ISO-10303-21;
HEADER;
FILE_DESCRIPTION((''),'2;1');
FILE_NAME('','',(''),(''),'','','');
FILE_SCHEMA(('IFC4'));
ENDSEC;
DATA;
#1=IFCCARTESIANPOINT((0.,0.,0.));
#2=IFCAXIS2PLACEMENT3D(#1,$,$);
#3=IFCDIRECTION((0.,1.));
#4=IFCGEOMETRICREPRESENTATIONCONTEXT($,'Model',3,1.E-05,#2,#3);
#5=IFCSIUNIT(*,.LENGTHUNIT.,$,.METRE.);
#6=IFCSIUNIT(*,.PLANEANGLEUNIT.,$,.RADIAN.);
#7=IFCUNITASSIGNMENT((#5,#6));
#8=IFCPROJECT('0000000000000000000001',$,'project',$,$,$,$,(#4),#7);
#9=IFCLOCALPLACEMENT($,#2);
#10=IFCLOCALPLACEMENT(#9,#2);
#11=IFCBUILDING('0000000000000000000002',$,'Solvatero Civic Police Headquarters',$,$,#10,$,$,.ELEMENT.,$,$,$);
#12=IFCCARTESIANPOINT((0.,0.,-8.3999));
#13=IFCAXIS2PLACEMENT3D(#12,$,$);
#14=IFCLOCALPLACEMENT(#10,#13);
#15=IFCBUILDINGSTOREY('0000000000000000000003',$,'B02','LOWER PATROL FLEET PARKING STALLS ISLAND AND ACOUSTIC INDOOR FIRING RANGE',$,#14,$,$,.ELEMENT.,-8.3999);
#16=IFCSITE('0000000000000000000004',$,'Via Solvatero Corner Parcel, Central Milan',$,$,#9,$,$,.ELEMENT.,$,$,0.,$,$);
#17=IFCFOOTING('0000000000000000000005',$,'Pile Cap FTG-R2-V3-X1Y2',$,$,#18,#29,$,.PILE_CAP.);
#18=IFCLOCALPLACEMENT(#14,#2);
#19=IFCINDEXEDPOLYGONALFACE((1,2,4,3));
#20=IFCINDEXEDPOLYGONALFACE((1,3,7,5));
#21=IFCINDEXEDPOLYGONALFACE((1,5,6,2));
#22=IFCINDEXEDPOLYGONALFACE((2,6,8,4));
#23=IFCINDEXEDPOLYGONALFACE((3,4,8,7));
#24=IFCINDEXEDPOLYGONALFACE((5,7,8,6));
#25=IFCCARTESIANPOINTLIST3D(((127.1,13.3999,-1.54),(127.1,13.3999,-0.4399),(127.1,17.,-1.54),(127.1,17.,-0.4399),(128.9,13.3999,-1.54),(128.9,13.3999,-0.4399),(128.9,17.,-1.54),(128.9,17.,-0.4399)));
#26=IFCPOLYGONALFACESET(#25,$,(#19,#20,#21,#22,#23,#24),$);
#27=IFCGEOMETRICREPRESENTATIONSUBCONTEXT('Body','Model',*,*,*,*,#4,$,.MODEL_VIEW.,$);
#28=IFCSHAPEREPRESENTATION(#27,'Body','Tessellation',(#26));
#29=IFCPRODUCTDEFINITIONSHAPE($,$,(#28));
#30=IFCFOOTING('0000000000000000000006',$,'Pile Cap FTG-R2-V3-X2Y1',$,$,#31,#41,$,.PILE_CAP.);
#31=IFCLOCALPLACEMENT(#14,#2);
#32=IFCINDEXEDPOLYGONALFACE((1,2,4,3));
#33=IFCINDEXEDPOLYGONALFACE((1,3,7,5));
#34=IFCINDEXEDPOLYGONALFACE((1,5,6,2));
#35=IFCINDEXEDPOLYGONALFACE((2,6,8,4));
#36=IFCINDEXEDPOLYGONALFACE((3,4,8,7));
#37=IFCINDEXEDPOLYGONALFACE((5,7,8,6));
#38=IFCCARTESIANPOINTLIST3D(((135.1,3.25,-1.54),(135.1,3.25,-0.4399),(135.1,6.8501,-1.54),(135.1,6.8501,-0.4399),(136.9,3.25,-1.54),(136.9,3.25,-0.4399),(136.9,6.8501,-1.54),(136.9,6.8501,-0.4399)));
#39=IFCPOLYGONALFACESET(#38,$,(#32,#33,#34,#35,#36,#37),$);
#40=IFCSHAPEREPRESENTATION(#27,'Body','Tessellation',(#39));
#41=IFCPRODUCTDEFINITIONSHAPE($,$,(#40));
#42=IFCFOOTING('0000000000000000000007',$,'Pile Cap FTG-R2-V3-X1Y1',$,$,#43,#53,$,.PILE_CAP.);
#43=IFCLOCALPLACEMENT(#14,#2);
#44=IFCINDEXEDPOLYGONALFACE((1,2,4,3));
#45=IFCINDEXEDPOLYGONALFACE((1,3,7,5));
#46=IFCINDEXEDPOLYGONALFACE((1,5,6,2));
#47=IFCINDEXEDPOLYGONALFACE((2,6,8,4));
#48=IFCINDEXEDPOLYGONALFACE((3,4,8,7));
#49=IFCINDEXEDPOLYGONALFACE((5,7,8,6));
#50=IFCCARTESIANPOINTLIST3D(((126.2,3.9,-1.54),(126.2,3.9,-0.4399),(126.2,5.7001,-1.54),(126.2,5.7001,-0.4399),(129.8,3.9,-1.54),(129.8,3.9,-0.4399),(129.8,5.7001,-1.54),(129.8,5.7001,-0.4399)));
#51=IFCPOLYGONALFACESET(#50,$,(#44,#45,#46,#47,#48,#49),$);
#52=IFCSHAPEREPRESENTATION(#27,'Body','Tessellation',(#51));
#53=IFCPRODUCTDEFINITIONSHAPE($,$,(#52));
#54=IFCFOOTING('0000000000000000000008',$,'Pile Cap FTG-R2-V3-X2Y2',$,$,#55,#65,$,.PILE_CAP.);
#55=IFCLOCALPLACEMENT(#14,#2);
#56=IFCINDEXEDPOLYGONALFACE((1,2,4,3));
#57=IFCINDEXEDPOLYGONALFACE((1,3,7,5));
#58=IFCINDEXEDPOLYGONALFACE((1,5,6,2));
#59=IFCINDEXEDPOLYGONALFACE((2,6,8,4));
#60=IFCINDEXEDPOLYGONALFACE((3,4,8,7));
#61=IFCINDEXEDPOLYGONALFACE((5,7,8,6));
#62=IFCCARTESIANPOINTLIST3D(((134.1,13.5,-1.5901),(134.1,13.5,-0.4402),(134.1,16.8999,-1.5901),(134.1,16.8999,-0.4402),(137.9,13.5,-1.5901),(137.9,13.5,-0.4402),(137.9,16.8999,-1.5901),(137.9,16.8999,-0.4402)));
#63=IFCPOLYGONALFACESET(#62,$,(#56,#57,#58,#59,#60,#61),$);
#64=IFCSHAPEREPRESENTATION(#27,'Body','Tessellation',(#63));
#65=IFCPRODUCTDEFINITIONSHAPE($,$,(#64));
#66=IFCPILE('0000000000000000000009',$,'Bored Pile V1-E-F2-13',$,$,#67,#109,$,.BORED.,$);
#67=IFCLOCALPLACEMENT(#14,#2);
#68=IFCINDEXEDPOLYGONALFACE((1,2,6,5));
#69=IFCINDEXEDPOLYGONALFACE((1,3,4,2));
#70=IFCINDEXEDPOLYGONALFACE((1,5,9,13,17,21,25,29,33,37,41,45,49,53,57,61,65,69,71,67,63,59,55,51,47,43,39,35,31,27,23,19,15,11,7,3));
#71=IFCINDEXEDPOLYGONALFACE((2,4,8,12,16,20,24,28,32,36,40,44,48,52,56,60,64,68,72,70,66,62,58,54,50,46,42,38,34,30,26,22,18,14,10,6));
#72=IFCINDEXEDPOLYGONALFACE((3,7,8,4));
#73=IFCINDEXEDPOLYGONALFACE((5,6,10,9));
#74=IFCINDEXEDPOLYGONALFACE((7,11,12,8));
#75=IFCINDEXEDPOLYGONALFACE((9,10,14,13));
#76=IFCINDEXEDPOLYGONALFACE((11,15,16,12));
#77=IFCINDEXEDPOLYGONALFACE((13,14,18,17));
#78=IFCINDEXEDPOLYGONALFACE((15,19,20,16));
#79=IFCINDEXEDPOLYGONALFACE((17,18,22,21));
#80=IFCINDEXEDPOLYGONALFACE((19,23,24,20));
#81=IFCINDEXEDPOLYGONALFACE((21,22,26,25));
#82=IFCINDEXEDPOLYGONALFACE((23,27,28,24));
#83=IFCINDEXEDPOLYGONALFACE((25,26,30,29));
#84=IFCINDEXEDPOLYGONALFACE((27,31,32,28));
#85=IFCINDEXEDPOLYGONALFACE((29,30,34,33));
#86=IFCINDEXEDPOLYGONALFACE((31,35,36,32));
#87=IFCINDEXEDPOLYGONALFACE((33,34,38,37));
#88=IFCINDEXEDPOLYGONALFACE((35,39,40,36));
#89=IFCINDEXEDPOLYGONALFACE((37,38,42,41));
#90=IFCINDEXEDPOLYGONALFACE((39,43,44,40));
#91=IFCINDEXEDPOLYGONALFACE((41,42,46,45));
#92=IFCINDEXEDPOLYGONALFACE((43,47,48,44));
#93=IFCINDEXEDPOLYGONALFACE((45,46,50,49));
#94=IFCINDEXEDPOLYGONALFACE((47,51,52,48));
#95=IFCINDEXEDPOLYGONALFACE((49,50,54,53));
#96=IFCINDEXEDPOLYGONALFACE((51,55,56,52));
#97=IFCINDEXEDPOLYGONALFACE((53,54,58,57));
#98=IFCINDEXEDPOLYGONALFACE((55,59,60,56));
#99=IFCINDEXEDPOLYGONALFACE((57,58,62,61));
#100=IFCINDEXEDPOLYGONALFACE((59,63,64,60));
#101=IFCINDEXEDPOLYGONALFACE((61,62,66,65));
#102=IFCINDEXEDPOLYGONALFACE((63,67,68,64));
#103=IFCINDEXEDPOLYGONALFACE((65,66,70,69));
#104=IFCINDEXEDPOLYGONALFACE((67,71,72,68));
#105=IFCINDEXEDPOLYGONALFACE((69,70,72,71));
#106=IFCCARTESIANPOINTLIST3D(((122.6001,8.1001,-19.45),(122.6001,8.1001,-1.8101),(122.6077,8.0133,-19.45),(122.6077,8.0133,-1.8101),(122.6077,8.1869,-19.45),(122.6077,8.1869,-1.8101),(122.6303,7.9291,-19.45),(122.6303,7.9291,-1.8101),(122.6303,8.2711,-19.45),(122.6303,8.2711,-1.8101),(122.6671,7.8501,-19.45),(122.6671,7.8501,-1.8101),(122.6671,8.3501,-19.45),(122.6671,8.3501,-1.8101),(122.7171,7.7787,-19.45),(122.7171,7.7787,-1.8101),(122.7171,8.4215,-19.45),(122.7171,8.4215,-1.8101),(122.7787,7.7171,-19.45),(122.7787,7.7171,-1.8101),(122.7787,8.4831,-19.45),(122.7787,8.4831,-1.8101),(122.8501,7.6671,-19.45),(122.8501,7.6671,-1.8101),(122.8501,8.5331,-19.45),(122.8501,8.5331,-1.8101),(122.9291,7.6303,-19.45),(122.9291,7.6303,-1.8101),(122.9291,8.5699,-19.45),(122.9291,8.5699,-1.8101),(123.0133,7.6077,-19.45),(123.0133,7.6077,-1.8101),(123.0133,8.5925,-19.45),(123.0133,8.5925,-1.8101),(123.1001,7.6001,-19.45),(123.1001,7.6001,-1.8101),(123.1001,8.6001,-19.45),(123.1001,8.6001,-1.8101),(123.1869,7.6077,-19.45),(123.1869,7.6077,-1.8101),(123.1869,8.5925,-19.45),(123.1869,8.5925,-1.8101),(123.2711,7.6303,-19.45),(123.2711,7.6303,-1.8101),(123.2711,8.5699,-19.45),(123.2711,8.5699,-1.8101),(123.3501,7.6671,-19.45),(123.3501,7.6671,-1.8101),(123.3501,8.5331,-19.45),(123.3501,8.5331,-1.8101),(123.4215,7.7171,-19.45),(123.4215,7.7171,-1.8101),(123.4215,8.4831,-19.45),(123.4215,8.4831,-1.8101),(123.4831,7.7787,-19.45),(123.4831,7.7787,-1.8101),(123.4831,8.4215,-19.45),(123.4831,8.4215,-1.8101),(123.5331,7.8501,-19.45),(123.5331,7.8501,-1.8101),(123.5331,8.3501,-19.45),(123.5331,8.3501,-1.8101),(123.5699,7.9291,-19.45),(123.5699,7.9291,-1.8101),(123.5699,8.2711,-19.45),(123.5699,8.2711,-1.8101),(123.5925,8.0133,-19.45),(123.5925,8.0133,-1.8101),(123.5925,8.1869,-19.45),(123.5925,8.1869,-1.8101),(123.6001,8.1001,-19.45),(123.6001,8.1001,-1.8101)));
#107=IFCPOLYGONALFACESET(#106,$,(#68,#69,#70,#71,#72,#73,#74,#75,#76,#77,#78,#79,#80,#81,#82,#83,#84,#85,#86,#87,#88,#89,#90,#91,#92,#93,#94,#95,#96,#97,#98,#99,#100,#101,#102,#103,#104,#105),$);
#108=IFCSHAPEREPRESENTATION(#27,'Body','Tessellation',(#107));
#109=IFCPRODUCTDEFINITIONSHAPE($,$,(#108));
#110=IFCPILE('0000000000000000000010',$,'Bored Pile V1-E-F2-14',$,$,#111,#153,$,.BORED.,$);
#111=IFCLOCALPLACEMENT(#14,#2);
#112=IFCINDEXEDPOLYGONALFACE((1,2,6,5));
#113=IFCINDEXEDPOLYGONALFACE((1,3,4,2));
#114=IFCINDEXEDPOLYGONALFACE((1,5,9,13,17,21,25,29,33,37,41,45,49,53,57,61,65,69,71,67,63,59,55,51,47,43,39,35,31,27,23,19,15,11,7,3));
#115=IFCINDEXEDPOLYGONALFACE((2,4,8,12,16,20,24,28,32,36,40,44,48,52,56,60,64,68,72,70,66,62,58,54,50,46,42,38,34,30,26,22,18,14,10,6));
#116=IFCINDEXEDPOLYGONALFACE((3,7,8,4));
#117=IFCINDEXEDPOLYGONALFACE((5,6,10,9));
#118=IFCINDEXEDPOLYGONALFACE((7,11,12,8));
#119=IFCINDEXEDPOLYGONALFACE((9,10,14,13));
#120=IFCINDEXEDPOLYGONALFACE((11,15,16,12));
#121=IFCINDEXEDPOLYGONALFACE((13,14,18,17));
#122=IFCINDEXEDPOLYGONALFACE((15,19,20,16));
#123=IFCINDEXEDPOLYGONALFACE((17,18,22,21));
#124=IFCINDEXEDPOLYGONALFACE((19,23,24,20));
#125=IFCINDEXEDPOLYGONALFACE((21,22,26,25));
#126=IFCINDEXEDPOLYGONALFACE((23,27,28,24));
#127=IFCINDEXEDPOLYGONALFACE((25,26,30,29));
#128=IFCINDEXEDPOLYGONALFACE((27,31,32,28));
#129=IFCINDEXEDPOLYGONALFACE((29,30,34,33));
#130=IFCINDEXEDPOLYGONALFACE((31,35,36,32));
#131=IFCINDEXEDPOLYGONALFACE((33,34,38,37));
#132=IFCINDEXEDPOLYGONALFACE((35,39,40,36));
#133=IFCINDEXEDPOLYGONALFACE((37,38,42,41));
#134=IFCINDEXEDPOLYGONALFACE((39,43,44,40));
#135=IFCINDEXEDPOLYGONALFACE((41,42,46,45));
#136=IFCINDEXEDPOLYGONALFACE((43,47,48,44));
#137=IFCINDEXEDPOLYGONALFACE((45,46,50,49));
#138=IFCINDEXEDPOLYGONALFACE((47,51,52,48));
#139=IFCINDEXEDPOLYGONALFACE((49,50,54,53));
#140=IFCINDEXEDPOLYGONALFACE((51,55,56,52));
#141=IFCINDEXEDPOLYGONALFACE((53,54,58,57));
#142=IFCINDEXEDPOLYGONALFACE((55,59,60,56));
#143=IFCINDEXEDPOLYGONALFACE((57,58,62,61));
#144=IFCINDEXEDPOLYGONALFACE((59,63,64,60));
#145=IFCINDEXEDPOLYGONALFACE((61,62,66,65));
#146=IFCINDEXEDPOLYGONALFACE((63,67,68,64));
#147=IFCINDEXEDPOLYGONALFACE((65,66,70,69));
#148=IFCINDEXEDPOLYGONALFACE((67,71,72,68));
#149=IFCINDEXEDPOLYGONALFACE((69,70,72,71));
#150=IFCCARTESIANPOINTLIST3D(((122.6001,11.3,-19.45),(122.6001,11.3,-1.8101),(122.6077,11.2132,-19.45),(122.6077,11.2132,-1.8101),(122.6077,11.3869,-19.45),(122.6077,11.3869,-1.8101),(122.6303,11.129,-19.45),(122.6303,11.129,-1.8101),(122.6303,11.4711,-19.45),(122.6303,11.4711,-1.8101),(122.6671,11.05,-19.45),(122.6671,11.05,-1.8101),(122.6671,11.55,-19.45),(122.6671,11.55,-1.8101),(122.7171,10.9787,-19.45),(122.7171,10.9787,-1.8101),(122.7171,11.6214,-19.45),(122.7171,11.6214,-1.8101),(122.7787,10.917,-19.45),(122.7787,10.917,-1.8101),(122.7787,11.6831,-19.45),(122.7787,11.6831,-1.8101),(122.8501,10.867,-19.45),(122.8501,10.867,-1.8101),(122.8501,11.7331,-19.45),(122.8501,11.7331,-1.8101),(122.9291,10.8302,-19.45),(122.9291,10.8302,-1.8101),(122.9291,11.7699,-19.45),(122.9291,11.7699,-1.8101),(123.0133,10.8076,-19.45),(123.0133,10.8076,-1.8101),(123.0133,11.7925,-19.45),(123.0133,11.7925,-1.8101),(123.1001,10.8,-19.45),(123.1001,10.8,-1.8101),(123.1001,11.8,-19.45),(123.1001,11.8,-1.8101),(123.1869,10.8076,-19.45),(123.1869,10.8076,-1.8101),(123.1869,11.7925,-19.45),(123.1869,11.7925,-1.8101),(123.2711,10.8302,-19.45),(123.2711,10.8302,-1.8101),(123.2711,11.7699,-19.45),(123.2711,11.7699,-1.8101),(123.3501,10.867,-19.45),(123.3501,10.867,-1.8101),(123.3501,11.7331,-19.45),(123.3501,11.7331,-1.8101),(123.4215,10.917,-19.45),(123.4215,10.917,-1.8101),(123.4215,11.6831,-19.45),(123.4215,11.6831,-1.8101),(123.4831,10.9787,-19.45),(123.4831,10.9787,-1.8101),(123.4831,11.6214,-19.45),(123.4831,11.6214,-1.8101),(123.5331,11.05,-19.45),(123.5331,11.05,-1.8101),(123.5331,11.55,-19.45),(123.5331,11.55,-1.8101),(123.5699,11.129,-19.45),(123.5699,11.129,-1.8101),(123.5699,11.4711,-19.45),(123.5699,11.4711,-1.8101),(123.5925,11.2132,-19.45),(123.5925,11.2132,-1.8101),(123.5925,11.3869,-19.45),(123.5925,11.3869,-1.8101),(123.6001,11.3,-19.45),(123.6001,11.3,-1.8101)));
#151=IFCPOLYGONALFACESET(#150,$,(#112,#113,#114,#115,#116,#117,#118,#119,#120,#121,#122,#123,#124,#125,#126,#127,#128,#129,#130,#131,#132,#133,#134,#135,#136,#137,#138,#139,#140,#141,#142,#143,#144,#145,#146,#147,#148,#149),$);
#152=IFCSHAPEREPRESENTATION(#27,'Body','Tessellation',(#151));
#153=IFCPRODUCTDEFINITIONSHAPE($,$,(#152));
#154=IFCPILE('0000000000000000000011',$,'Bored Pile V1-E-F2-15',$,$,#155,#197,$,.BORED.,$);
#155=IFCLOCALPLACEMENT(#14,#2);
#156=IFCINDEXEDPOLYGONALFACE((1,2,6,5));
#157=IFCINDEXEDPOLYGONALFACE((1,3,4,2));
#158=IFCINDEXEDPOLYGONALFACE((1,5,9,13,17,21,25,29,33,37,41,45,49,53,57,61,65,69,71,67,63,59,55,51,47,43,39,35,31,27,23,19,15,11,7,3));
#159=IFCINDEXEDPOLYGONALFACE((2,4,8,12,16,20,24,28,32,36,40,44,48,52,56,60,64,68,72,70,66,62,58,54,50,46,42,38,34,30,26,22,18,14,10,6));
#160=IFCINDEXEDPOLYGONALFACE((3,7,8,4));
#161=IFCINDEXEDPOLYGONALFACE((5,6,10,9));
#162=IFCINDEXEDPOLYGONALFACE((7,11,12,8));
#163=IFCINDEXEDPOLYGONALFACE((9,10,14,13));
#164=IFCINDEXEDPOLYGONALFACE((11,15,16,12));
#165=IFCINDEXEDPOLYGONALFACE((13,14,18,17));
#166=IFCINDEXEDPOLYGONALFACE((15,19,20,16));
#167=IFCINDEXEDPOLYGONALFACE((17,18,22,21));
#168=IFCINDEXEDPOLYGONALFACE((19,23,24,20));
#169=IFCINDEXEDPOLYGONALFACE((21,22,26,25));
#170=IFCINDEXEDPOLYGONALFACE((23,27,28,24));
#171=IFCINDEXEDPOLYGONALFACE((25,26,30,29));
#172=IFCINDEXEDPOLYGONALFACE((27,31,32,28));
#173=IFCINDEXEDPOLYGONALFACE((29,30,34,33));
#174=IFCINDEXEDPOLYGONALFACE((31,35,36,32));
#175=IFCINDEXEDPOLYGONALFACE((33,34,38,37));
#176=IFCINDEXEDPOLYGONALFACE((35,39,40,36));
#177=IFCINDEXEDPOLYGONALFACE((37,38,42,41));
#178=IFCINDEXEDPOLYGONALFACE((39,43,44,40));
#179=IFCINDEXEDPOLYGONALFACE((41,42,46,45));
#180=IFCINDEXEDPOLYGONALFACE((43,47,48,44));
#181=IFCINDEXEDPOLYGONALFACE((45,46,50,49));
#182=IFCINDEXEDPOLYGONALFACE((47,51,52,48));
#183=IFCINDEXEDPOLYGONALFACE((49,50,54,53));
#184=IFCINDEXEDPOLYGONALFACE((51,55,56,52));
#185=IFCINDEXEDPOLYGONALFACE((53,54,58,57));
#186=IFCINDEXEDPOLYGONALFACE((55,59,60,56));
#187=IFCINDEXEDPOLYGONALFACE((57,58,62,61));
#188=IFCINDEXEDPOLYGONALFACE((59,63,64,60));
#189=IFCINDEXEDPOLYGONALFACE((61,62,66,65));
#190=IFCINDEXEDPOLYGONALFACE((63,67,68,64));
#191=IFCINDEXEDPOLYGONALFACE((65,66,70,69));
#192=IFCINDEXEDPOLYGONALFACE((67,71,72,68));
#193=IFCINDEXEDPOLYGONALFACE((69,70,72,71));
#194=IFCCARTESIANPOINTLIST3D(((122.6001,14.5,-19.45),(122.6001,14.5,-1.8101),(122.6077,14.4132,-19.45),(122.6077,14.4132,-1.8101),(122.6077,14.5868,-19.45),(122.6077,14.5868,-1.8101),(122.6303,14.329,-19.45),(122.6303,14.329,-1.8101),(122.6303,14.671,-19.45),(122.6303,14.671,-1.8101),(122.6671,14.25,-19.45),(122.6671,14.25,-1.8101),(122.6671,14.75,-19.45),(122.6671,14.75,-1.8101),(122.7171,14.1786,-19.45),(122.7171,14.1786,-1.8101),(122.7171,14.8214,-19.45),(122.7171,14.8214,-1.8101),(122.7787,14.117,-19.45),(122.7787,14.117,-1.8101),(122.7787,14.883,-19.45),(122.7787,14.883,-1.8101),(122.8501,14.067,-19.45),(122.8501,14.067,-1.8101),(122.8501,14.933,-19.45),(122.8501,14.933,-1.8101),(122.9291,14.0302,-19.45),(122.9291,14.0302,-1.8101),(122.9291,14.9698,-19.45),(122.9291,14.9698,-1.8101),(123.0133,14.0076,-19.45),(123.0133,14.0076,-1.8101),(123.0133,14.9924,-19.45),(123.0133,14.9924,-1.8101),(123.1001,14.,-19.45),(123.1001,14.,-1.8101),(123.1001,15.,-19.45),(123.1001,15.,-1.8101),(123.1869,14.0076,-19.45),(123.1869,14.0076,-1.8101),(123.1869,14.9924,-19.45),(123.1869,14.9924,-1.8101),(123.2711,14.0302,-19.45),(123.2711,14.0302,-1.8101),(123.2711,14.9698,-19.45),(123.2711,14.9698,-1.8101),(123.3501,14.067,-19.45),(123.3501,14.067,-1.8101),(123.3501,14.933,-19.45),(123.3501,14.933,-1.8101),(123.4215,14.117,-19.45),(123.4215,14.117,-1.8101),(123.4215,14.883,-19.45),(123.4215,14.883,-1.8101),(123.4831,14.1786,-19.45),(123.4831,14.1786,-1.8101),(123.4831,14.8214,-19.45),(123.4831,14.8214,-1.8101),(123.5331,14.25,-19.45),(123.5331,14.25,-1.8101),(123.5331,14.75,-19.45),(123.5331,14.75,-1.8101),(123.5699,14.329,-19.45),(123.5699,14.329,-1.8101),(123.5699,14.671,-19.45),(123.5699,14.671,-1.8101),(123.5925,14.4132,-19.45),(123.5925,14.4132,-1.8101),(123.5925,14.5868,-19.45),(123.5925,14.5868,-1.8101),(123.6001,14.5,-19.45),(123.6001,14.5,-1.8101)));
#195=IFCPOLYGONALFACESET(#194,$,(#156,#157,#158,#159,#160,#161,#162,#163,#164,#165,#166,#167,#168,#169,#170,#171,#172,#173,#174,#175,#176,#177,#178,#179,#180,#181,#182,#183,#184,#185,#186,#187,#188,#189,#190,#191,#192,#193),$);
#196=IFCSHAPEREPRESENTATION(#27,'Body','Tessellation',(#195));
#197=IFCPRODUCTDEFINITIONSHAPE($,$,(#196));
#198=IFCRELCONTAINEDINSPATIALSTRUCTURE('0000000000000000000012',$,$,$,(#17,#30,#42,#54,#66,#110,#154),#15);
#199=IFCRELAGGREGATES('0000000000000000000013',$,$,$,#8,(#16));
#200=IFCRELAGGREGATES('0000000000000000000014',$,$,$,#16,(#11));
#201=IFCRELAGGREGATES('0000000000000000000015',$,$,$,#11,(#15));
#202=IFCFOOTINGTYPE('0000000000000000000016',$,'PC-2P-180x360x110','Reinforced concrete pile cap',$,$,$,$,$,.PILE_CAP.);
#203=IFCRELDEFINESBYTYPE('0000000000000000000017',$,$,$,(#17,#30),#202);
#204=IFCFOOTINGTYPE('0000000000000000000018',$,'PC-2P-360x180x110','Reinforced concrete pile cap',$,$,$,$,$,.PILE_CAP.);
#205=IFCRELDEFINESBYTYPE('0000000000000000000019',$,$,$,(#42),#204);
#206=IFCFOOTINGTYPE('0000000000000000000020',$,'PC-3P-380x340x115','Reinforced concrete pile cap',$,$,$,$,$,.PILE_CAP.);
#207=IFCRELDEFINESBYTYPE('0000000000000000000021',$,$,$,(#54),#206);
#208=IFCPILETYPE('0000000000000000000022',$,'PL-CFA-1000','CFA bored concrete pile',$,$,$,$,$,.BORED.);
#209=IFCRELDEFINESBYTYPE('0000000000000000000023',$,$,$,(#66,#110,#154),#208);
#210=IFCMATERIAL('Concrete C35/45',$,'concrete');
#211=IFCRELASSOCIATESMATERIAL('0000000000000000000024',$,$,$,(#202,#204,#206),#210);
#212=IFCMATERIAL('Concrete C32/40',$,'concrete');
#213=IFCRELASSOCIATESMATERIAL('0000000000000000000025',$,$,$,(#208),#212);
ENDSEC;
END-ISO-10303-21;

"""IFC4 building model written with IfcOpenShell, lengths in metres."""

from ifc_helpers import new_model, si_unit, direction, frame, origin, origin_2d, place, context, subcontext, project, spatial, rectangle, circle, extrude, material, material_profile, profile_set, type_object, element, save


model = new_model("IFC4")

# Units and contexts
model_context = context("Model", 3, precision=1e-05, world=origin(), true_north=direction((0.0, 1.0)))
body_context = subcontext(model_context, "Body", "Model", "MODEL_VIEW")
ifc_project = project(units=[si_unit("LENGTHUNIT", "METRE"), si_unit("PLANEANGLEUNIT", "RADIAN")], contexts=[model_context])

# Site, building, storey
site_placement = place(None, origin())
site = spatial("IfcSite", under=ifc_project, at=site_placement, Name="Via Solvatero Corner Parcel, Central Milan", CompositionType="ELEMENT", RefElevation=0.0)
building_placement = place(site_placement, origin())
building = spatial("IfcBuilding", under=site, at=building_placement, Name="Solvatero Civic Police Headquarters", CompositionType="ELEMENT")
storey_placement = place(building_placement, frame((0.0, 0.0, -8.3999)))
storey = spatial("IfcBuildingStorey", under=building, at=storey_placement, Name="B02", Description="LOWER PATROL FLEET PARKING STALLS ISLAND AND ACOUSTIC INDOOR FIRING RANGE", CompositionType="ELEMENT", Elevation=-8.3999)

# Footings
ifc_material_1 = material(Name="Concrete C35/45", Category="concrete")
footing_type_1 = type_object("IfcFootingType", Name="PC-2P-180x360x110", Description="Reinforced concrete pile cap", PredefinedType="PILE_CAP", material=ifc_material_1)
for number, where, z_axis, x_axis, name in (
    (1, (128.0, 15.2, -1.54), (0.0, 0.0, 1.0), (1.0, 0.0, 0.0), "Pile Cap FTG-R2-V3-X1Y2"),
    (2, (136.0, 5.05, -1.54), (0.0, 0.0, 1.0), (1.0, 0.0, 0.0), "Pile Cap FTG-R2-V3-X2Y1"),
):
    element("IfcFooting", number, at=place(storey_placement, frame(where, z_axis=z_axis, x_axis=x_axis)), inside=storey, type_object=footing_type_1, Name=name, PredefinedType="PILE_CAP", context=body_context, shape_type="SweptSolid", body=[
        extrude(rectangle(XDim=1.8, YDim=3.6001, at=origin_2d()), origin(), (0.0, 0.0, 1.0), 1.1001),
    ])
footing_type_2 = type_object("IfcFootingType", Name="PC-2P-360x180x110", Description="Reinforced concrete pile cap", PredefinedType="PILE_CAP", material=ifc_material_1)
footing_1_placement = place(storey_placement, frame((128.0, 4.8, -1.54), z_axis=(0.0, 0.0, 1.0), x_axis=(1.0, 0.0, 0.0)))
element("IfcFooting", 3, at=footing_1_placement, inside=storey, type_object=footing_type_2, Name="Pile Cap FTG-R2-V3-X1Y1", PredefinedType="PILE_CAP", context=body_context, shape_type="SweptSolid", body=[
    extrude(rectangle(XDim=3.6001, YDim=1.8, at=origin_2d()), origin(), (0.0, 0.0, 1.0), 1.1001),
])
footing_type_3 = type_object("IfcFootingType", Name="PC-3P-380x340x115", Description="Reinforced concrete pile cap", PredefinedType="PILE_CAP", material=ifc_material_1)
footing_2_placement = place(storey_placement, frame((136.0, 15.2, -1.5901), z_axis=(0.0, 0.0, 1.0), x_axis=(1.0, 0.0, 0.0)))
element("IfcFooting", 4, at=footing_2_placement, inside=storey, type_object=footing_type_3, Name="Pile Cap FTG-R2-V3-X2Y2", PredefinedType="PILE_CAP", context=body_context, shape_type="SweptSolid", body=[
    extrude(rectangle(XDim=3.8, YDim=3.3999, at=origin_2d()), origin(), (0.0, 0.0, 1.0), 1.1499),
])

# Piles
ifc_material_2 = material(Name="Concrete C32/40", Category="concrete")
ifc_material_profile_1 = material_profile(ifc_material_2, circle(Radius=0.5, at=origin_2d()), Name="CFA PILE D1000")
ifc_profile_set_1 = profile_set([ifc_material_profile_1], Name="Concrete C32/40")
pile_type_1 = type_object("IfcPileType", Name="PL-CFA-1000", Description="CFA bored concrete pile", PredefinedType="BORED", material=ifc_profile_set_1)
for number, where, z_axis, x_axis, name in (
    (5, (123.1001, 8.1001, -1.8101), (0.0, 0.0, -1.0), (1.0, 0.0, 0.0), "Bored Pile V1-E-F2-13"),
    (6, (123.1001, 11.3, -1.8101), (0.0, 0.0, -1.0), (1.0, 0.0, 0.0), "Bored Pile V1-E-F2-14"),
    (7, (123.1001, 14.5, -1.8101), (0.0, 0.0, -1.0), (1.0, 0.0, 0.0), "Bored Pile V1-E-F2-15"),
):
    element("IfcPile", number, at=place(storey_placement, frame(where, z_axis=z_axis, x_axis=x_axis)), inside=storey, type_object=pile_type_1, Name=name, PredefinedType="BORED", context=body_context, shape_type="SweptSolid", body=[
        extrude(circle(Radius=0.5, at=origin_2d()), origin(), (0.0, 0.0, 1.0), 17.6399),
    ])

save(model, "model.ifc")
